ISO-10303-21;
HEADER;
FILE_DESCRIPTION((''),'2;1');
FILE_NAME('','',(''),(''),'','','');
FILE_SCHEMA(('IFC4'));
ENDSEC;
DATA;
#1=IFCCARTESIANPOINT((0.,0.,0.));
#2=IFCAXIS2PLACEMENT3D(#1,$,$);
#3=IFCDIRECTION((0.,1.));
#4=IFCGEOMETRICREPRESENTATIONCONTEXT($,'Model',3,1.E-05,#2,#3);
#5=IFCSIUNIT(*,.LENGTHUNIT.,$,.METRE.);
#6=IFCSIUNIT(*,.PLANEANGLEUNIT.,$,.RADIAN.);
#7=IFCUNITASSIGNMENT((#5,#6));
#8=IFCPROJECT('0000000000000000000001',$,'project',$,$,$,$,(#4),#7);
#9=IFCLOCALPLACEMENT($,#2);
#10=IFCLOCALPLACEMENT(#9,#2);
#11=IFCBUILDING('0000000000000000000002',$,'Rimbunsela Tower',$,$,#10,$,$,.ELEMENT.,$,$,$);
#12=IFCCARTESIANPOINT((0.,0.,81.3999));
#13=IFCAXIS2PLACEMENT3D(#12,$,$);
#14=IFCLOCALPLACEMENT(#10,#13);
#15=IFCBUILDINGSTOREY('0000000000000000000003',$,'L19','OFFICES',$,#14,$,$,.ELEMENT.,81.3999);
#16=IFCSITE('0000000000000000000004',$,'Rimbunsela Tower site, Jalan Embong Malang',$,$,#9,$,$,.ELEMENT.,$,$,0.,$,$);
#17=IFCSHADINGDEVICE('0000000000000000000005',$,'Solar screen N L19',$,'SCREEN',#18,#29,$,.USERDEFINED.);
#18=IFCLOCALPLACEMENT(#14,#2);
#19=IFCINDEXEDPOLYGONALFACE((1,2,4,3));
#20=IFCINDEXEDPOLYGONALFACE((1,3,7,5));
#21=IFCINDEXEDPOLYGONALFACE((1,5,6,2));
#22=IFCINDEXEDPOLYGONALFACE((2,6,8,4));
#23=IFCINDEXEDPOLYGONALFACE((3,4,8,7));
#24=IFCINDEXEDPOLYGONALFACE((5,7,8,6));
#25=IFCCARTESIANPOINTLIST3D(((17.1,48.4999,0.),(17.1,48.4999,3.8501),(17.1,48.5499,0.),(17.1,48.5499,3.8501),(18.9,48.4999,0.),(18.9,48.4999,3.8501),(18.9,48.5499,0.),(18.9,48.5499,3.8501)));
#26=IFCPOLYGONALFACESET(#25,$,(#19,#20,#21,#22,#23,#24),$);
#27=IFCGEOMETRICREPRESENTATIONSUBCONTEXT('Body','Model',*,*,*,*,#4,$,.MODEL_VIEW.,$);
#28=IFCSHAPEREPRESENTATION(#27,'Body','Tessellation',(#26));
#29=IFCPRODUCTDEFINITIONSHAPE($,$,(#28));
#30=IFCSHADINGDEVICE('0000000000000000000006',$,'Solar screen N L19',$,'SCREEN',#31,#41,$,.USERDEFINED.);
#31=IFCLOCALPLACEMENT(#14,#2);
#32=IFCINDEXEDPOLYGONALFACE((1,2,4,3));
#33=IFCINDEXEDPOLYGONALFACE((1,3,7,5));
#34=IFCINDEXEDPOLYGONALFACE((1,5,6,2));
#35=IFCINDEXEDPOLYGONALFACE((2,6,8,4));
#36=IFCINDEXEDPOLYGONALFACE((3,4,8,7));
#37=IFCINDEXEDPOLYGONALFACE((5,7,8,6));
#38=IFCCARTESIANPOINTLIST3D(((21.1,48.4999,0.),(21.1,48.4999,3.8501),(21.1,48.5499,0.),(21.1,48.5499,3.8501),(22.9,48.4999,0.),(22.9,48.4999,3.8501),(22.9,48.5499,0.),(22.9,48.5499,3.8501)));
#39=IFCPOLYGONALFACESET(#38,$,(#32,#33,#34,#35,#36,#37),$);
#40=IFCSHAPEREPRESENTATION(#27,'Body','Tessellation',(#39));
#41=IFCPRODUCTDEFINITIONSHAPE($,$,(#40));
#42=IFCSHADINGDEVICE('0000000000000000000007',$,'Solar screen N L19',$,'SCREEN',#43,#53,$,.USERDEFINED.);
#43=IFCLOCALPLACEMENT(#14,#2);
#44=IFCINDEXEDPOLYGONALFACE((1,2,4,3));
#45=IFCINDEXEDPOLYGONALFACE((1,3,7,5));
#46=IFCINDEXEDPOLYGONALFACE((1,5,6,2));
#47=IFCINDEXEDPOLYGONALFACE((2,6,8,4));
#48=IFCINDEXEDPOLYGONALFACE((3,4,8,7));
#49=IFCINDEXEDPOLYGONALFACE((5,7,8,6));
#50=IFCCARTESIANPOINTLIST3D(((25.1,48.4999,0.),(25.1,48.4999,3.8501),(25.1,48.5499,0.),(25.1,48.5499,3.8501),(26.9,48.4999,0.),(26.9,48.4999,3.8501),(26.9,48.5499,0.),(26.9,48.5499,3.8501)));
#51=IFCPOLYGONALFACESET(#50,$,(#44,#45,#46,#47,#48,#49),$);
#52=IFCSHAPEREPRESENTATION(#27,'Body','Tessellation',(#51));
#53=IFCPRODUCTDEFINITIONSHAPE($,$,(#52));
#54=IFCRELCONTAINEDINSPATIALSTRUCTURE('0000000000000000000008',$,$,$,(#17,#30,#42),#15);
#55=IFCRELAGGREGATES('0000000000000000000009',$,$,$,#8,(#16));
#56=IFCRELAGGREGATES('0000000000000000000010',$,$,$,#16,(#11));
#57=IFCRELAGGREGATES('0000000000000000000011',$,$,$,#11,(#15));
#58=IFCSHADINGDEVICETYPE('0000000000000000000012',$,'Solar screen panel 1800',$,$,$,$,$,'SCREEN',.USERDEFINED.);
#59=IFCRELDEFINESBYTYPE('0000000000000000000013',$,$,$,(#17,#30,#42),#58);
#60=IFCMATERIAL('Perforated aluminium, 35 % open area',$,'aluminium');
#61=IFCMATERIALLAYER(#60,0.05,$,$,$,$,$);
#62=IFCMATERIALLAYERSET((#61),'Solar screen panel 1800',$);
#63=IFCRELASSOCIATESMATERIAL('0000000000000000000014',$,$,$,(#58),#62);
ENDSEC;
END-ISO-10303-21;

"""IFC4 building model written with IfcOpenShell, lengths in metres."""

from ifc_helpers import new_model, si_unit, direction, frame, origin, origin_2d, place, context, subcontext, project, spatial, rectangle, extrude, material, layer, layer_set, type_object, element, save


model = new_model("IFC4")

# Units and contexts
model_context = context("Model", 3, precision=1e-05, world=origin(), true_north=direction((0.0, 1.0)))
body_context = subcontext(model_context, "Body", "Model", "MODEL_VIEW")
ifc_project = project(units=[si_unit("LENGTHUNIT", "METRE"), si_unit("PLANEANGLEUNIT", "RADIAN")], contexts=[model_context])

# Site, building, storey
site_placement = place(None, origin())
site = spatial("IfcSite", under=ifc_project, at=site_placement, Name="Rimbunsela Tower site, Jalan Embong Malang", CompositionType="ELEMENT", RefElevation=0.0)
building_placement = place(site_placement, origin())
building = spatial("IfcBuilding", under=site, at=building_placement, Name="Rimbunsela Tower", CompositionType="ELEMENT")
storey_placement = place(building_placement, frame((0.0, 0.0, 81.3999)))
storey = spatial("IfcBuildingStorey", under=building, at=storey_placement, Name="L19", Description="OFFICES", CompositionType="ELEMENT", Elevation=81.3999)

# Shading devices
ifc_material_1 = material(Name="Perforated aluminium, 35 % open area", Category="aluminium")
ifc_layer_1 = layer(ifc_material_1, 0.05)
ifc_layer_set_1 = layer_set([ifc_layer_1], Name="Solar screen panel 1800")
shading_device_type = type_object("IfcShadingDeviceType", Name="Solar screen panel 1800", ElementType="SCREEN", PredefinedType="USERDEFINED", material=ifc_layer_set_1)
for number, where, z_axis, x_axis, name in (
    (1, (18.0, 48.5249, 0.0), (0.0, 0.0, 1.0), (1.0, 0.0, 0.0), "Solar screen N L19"),
    (2, (22.0, 48.5249, 0.0), (0.0, 0.0, 1.0), (1.0, 0.0, 0.0), "Solar screen N L19"),
    (3, (26.0, 48.5249, 0.0), (0.0, 0.0, 1.0), (1.0, 0.0, 0.0), "Solar screen N L19"),
):
    element("IfcShadingDevice", number, at=place(storey_placement, frame(where, z_axis=z_axis, x_axis=x_axis)), inside=storey, type_object=shading_device_type, Name=name, ObjectType="SCREEN", PredefinedType="USERDEFINED", context=body_context, shape_type="SweptSolid", body=[
        extrude(rectangle(XDim=1.8, YDim=0.05, at=origin_2d()), origin(), (0.0, 0.0, 1.0), 3.8501),
    ])

save(model, "model.ifc")
